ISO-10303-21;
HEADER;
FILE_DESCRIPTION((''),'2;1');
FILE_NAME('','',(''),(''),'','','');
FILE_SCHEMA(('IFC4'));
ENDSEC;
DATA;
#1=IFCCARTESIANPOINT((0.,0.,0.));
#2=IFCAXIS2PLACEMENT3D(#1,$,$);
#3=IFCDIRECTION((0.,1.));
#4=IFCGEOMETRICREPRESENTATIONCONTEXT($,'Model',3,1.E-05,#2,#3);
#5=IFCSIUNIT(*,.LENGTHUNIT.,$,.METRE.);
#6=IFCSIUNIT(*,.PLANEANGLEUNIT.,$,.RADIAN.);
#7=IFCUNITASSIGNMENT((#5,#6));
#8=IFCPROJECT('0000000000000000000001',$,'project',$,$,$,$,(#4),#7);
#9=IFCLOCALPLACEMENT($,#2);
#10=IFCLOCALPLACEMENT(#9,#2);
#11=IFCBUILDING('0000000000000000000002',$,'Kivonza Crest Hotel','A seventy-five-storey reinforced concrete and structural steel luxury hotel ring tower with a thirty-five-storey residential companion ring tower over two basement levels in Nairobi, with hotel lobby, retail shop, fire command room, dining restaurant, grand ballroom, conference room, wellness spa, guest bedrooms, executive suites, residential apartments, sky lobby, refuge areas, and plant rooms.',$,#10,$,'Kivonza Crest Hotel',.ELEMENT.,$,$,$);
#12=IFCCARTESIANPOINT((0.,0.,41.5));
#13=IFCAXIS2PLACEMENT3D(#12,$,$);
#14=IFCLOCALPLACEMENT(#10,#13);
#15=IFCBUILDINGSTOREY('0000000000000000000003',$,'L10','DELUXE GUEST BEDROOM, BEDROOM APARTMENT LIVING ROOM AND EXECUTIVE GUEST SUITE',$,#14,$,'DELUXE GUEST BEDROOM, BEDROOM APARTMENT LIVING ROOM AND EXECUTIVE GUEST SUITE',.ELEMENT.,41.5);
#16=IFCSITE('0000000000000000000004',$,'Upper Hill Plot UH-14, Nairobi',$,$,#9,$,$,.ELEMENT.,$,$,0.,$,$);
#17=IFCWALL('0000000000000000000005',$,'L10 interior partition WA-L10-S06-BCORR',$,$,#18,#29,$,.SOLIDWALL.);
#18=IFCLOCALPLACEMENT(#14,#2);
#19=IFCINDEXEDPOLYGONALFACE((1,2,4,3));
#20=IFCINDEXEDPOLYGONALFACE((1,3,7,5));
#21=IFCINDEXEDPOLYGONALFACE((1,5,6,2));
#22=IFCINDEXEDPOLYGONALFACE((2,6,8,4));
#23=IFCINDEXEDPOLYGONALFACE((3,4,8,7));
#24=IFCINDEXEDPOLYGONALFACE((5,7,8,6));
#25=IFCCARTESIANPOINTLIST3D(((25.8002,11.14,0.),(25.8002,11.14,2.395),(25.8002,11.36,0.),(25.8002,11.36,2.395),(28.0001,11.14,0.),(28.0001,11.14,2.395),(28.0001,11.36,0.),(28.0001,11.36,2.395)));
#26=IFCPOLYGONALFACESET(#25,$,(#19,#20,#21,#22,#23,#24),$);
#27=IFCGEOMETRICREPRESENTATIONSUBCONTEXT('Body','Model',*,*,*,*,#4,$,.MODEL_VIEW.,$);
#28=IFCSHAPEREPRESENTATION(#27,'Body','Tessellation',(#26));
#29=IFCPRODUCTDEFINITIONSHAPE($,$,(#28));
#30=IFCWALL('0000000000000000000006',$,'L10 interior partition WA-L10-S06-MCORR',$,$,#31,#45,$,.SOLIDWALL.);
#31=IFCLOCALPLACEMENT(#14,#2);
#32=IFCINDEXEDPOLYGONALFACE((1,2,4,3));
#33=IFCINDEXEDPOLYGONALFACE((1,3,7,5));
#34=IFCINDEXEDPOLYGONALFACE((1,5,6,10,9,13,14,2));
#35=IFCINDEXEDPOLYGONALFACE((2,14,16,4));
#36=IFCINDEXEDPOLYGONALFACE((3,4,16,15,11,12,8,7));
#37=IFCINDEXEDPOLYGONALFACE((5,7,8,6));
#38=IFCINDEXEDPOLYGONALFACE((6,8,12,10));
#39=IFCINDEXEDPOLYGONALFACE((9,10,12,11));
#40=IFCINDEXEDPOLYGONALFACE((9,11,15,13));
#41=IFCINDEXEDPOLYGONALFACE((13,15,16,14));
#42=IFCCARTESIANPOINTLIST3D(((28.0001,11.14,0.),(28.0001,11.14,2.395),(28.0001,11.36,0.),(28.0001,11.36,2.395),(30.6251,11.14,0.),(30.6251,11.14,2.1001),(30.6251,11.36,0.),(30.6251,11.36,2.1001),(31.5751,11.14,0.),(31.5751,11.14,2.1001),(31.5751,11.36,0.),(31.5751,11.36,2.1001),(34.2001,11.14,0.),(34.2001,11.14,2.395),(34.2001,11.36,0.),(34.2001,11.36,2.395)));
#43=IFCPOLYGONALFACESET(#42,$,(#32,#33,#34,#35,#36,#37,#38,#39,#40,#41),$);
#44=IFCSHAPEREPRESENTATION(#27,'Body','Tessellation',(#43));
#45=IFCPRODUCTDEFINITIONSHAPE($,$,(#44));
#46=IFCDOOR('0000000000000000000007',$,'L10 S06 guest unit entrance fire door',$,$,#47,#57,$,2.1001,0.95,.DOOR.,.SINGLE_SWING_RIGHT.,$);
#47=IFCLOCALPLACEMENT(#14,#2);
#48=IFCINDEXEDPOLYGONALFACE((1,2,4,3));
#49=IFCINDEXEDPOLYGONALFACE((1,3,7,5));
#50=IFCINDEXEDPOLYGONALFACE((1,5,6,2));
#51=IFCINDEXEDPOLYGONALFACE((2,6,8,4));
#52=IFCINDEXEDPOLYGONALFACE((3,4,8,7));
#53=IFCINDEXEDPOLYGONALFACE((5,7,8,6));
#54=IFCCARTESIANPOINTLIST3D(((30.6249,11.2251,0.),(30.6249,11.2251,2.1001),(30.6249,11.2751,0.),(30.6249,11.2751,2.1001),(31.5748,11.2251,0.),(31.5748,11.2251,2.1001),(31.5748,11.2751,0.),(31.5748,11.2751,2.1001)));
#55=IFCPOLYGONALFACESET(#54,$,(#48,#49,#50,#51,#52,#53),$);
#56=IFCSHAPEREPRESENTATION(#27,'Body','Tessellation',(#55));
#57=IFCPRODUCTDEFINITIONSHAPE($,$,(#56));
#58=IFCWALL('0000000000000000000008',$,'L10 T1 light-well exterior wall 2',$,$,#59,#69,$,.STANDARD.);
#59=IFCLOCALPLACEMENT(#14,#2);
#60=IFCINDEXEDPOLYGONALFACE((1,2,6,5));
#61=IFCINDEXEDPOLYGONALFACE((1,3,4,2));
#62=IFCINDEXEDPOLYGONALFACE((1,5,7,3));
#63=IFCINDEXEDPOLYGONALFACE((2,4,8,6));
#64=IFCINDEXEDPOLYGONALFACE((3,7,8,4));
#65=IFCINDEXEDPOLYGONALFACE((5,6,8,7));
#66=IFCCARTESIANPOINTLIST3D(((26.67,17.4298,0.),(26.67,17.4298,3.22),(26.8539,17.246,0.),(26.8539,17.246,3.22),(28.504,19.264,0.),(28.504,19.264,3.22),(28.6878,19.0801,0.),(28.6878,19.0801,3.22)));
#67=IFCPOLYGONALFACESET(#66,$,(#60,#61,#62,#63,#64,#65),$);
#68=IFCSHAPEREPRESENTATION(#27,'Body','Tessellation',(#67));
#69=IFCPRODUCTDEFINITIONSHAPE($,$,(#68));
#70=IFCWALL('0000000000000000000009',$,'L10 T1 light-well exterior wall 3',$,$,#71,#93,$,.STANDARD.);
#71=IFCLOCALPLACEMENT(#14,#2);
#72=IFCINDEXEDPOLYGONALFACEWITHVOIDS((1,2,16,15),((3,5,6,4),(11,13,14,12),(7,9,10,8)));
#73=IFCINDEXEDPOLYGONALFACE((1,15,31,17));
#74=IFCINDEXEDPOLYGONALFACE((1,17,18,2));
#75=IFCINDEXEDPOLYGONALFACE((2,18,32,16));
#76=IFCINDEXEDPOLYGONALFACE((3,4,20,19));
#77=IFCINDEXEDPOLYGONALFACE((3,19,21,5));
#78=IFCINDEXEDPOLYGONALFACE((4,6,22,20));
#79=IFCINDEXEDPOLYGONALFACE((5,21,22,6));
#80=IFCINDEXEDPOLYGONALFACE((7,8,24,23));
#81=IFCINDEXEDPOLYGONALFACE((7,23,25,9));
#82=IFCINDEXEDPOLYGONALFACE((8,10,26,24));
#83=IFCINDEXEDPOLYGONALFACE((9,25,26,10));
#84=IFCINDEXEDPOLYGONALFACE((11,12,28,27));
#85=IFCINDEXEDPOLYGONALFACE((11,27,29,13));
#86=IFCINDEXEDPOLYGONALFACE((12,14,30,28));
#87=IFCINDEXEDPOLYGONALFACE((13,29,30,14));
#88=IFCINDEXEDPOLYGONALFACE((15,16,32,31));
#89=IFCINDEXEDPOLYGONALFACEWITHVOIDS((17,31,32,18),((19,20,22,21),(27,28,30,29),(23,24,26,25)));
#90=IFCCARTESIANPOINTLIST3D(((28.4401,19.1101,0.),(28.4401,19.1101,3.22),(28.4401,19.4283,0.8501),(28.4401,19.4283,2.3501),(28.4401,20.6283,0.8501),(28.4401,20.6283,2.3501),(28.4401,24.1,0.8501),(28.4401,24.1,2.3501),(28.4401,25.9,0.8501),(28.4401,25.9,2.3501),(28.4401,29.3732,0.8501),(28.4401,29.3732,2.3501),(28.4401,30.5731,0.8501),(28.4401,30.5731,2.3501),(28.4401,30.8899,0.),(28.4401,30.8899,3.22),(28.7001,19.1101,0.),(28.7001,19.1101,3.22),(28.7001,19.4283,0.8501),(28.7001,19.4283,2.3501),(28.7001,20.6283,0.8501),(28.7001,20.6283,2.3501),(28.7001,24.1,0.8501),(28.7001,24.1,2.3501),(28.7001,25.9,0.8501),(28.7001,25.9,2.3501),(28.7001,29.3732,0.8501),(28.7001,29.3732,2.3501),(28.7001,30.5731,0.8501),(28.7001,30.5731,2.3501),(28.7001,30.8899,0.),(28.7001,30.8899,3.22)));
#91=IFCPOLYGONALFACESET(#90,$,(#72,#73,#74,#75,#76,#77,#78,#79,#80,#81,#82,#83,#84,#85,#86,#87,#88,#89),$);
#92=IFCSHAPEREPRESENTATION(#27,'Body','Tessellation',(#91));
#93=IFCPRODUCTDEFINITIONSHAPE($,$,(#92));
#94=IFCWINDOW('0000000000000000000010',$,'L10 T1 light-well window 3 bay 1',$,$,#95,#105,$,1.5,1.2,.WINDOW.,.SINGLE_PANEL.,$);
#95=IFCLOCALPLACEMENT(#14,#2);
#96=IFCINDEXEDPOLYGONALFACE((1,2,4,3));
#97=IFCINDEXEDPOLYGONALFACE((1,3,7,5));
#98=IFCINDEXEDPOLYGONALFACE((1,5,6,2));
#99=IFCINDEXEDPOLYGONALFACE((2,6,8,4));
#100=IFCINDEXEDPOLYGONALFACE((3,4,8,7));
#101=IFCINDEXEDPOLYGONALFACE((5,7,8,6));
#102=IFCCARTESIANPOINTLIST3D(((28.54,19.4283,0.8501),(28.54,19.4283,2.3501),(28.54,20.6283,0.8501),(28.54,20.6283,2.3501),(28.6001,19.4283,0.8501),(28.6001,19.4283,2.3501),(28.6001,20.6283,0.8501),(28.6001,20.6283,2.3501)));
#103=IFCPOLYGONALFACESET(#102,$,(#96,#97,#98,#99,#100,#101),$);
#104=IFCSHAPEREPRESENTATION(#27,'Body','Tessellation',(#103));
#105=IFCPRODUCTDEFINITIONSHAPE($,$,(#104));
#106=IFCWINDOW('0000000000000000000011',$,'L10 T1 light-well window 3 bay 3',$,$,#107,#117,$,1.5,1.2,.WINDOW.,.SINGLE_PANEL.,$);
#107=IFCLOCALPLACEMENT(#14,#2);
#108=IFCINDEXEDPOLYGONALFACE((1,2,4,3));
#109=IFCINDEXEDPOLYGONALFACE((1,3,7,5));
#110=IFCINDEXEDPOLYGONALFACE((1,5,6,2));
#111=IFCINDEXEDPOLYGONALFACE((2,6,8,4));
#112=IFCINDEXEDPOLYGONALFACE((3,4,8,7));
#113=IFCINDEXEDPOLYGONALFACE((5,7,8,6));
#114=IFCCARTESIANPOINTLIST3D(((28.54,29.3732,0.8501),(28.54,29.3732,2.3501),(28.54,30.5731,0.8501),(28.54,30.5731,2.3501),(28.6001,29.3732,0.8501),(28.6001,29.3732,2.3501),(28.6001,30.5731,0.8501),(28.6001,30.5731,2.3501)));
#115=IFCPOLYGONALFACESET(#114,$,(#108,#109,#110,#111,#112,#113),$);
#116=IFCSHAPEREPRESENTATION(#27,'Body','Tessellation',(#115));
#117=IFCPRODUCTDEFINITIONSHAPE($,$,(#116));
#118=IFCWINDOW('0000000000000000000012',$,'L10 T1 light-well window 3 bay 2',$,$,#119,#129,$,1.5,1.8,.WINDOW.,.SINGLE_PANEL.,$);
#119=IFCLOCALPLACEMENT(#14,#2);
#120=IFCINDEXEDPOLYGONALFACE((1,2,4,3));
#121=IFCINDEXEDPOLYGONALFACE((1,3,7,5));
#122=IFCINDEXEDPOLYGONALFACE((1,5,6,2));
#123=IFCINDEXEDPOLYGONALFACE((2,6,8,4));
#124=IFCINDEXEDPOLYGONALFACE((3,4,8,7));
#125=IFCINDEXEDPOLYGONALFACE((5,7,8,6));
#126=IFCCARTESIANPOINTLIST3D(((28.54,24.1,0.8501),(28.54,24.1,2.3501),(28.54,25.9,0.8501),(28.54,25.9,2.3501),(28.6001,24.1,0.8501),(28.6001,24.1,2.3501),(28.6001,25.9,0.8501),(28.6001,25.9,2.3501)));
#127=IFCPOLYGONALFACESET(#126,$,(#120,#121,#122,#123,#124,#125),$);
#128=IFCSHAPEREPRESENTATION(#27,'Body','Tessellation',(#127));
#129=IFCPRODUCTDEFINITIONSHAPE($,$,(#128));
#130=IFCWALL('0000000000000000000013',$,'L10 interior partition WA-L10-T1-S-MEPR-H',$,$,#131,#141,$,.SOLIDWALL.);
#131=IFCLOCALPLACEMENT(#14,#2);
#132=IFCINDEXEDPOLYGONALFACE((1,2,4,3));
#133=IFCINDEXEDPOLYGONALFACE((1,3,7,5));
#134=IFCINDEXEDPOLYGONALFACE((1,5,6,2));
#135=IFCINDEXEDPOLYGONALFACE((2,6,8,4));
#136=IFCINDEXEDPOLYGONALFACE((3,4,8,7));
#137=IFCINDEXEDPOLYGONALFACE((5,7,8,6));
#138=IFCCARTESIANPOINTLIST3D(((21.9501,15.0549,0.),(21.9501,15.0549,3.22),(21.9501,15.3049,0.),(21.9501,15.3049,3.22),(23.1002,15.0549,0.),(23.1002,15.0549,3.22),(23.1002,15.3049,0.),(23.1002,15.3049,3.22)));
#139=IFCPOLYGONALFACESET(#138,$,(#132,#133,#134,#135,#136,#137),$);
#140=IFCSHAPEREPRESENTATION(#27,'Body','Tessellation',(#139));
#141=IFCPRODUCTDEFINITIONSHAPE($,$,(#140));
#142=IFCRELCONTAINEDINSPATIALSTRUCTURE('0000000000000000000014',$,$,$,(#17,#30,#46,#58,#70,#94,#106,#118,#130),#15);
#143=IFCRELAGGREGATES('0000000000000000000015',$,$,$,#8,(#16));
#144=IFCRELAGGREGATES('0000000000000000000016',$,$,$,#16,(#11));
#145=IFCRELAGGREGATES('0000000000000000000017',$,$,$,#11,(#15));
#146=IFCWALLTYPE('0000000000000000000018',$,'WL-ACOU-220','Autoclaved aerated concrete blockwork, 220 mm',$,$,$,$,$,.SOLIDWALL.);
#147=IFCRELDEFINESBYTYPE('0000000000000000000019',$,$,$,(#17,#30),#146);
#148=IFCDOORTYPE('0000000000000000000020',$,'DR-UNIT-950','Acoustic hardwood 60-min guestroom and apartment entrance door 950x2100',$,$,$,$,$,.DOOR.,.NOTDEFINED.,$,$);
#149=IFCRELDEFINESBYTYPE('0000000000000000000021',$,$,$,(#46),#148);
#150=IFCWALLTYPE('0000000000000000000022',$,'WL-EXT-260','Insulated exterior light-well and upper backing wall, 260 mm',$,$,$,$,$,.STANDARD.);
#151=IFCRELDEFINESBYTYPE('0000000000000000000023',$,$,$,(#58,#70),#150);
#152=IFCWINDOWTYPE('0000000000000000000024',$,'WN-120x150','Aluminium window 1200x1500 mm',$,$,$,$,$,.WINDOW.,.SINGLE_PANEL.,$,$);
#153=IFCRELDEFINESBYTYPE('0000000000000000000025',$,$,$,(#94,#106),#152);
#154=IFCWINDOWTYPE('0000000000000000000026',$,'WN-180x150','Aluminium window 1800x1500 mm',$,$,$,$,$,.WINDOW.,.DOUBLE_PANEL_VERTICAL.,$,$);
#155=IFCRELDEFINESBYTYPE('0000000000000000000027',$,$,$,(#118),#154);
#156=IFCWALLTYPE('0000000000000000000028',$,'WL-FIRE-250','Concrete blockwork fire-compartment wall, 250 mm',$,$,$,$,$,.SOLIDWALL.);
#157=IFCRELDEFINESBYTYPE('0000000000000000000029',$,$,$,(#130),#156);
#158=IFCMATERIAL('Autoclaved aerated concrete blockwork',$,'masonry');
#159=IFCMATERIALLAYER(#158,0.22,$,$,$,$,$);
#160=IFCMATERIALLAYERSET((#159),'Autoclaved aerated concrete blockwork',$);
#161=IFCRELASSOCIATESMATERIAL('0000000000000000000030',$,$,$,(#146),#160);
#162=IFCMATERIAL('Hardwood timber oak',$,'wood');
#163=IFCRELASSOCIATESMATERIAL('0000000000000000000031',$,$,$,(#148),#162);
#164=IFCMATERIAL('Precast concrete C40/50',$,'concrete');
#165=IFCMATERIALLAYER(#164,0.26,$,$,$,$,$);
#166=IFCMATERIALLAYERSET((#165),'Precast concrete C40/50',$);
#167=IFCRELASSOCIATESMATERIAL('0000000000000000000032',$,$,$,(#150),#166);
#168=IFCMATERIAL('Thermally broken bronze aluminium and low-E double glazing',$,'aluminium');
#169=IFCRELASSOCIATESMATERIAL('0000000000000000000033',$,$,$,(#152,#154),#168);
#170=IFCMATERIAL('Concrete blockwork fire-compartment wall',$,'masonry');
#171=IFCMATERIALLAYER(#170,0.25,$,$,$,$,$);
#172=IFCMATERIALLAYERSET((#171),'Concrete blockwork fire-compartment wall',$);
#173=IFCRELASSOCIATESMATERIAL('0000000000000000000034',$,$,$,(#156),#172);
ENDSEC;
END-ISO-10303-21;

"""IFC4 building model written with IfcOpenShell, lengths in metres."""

from ifc_helpers import new_model, si_unit, direction, frame, frame_2d, origin, place, context, subcontext, project, spatial, rectangle, extrude, material, layer, layer_set, type_object, element, fill, save


model = new_model("IFC4")

# Units and contexts
model_context = context("Model", 3, precision=1e-05, world=origin(), true_north=direction((0.0, 1.0)))
body_context = subcontext(model_context, "Body", "Model", "MODEL_VIEW")
ifc_project = project(units=[si_unit("LENGTHUNIT", "METRE"), si_unit("PLANEANGLEUNIT", "RADIAN")], contexts=[model_context])

# Site, building, storey
site_placement = place(None, origin())
site = spatial("IfcSite", under=ifc_project, at=site_placement, Name="Upper Hill Plot UH-14, Nairobi", CompositionType="ELEMENT", RefElevation=0.0)
building_placement = place(site_placement, origin())
building = spatial("IfcBuilding", under=site, at=building_placement, Name="Kivonza Crest Hotel", Description="A seventy-five-storey reinforced concrete and structural steel luxury hotel ring tower with a thirty-five-storey residential companion ring tower over two basement levels in Nairobi, with hotel lobby, retail shop, fire command room, dining restaurant, grand ballroom, conference room, wellness spa, guest bedrooms, executive suites, residential apartments, sky lobby, refuge areas, and plant rooms.", LongName="Kivonza Crest Hotel", CompositionType="ELEMENT")
storey_placement = place(building_placement, frame((0.0, 0.0, 41.5)))
storey = spatial("IfcBuildingStorey", under=building, at=storey_placement, Name="L10", Description="DELUXE GUEST BEDROOM, BEDROOM APARTMENT LIVING ROOM AND EXECUTIVE GUEST SUITE", LongName="DELUXE GUEST BEDROOM, BEDROOM APARTMENT LIVING ROOM AND EXECUTIVE GUEST SUITE", CompositionType="ELEMENT", Elevation=41.5)

# Wall
ifc_material_1 = material(Name="Autoclaved aerated concrete blockwork", Category="masonry")
ifc_layer_1 = layer(ifc_material_1, 0.22)
ifc_layer_set_1 = layer_set([ifc_layer_1], Name="Autoclaved aerated concrete blockwork")
wall_type_1 = type_object("IfcWallType", Name="WL-ACOU-220", Description="Autoclaved aerated concrete blockwork, 220 mm", PredefinedType="SOLIDWALL", material=ifc_layer_set_1)
wall_1_placement = place(storey_placement, frame((25.8, 11.25, 0.0), z_axis=(0.0, 0.0, 1.0), x_axis=(1.0, 0.0, 0.0)))
element("IfcWall", 1, at=wall_1_placement, inside=storey, type_object=wall_type_1, Name="L10 interior partition WA-L10-S06-BCORR", PredefinedType="SOLIDWALL", context=body_context, shape_type="SweptSolid", body=[
    extrude(rectangle(XDim=2.2, YDim=0.22, at=frame_2d((1.1001, 0.0))), origin(), (0.0, 0.0, 1.0), 2.395),
])

# Wall, opening, door
wall_2_placement = place(storey_placement, frame((28.0, 11.25, 0.0), z_axis=(0.0, 0.0, 1.0), x_axis=(1.0, 0.0, 0.0)))
wall_2 = element("IfcWall", 2, at=wall_2_placement, inside=storey, type_object=wall_type_1, Name="L10 interior partition WA-L10-S06-MCORR", PredefinedType="SOLIDWALL", context=body_context, shape_type="SweptSolid", body=[
    extrude(rectangle(XDim=6.2, YDim=0.22, at=frame_2d((3.1001, 0.0))), origin(), (0.0, 0.0, 1.0), 2.395),
])
opening_1_placement = place(wall_2_placement, frame((2.625, 0.0, 0.0)))
opening_1 = element("IfcOpeningElement", 3, at=opening_1_placement, cuts=wall_2, PredefinedType="OPENING", context=body_context, shape_type="SweptSolid", body=[
    extrude(rectangle(XDim=0.95, YDim=2.1001, at=frame_2d((0.4751, 1.05))), frame((0.0, 0.1201, 0.0), z_axis=(0.0, -1.0, 0.0), x_axis=(1.0, 0.0, 0.0)), (0.0, 0.0, 1.0), 0.24),
])
ifc_material_2 = material(Name="Hardwood timber oak", Category="wood")
door_type_1 = type_object("IfcDoorType", Name="DR-UNIT-950", Description="Acoustic hardwood 60-min guestroom and apartment entrance door 950x2100", OperationType="NOTDEFINED", PredefinedType="DOOR", material=ifc_material_2)
door_1_placement = place(opening_1_placement, frame((0.95, 0.0, 0.0), z_axis=(0.0, 0.0, 1.0), x_axis=(-1.0, 0.0, 0.0)))
door_1 = element("IfcDoor", 4, at=door_1_placement, inside=storey, type_object=door_type_1, Name="L10 S06 guest unit entrance fire door", OperationType="SINGLE_SWING_RIGHT", OverallHeight=2.1001, OverallWidth=0.95, PredefinedType="DOOR", context=body_context, shape_type="SweptSolid", body=[
    extrude(rectangle(XDim=0.95, YDim=2.1001, at=frame_2d((0.4751, 1.05))), frame((0.0, 0.0249, 0.0), z_axis=(0.0, -1.0, 0.0), x_axis=(1.0, 0.0, 0.0)), (0.0, 0.0, 1.0), 0.05),
])
fill(opening_1, door_1)

# Wall
ifc_material_3 = material(Name="Precast concrete C40/50", Category="concrete")
ifc_layer_2 = layer(ifc_material_3, 0.26)
ifc_layer_set_2 = layer_set([ifc_layer_2], Name="Precast concrete C40/50")
wall_type_2 = type_object("IfcWallType", Name="WL-EXT-260", Description="Insulated exterior light-well and upper backing wall, 260 mm", PredefinedType="STANDARD", material=ifc_layer_set_2)
wall_3_placement = place(storey_placement, frame((26.762, 17.3379, 0.0), z_axis=(0.0, 0.0, 1.0), x_axis=(0.70706, 0.707154, 0.0)))
element("IfcWall", 5, at=wall_3_placement, inside=storey, type_object=wall_type_2, Name="L10 T1 light-well exterior wall 2", PredefinedType="STANDARD", context=body_context, shape_type="SweptSolid", body=[
    extrude(rectangle(XDim=2.5938, YDim=0.26, at=frame_2d((1.2969, 0.0))), origin(), (0.0, 0.0, 1.0), 3.22),
])

# Wall, openings, windows
wall_4_placement = place(storey_placement, frame((28.5701, 19.1101, 0.0), z_axis=(0.0, 0.0, 1.0), x_axis=(0.0, 1.0, 0.0)))
wall_4 = element("IfcWall", 6, at=wall_4_placement, inside=storey, type_object=wall_type_2, Name="L10 T1 light-well exterior wall 3", PredefinedType="STANDARD", context=body_context, shape_type="SweptSolid", body=[
    extrude(rectangle(XDim=11.7798, YDim=0.26, at=frame_2d((5.8899, 0.0))), origin(), (0.0, 0.0, 1.0), 3.22),
])
opening_2_placement = place(wall_4_placement, frame((0.3181, 0.0, 0.8501)))
opening_2 = element("IfcOpeningElement", 7, at=opening_2_placement, cuts=wall_4, PredefinedType="OPENING", context=body_context, shape_type="SweptSolid", body=[
    extrude(rectangle(XDim=1.2, YDim=1.5, at=frame_2d((0.6001, 0.75))), frame((0.0, 0.1401, 0.0), z_axis=(0.0, -1.0, 0.0), x_axis=(1.0, 0.0, 0.0)), (0.0, 0.0, 1.0), 0.28),
])
opening_3_placement = place(wall_4_placement, frame((4.99, 0.0, 0.8501)))
opening_3 = element("IfcOpeningElement", 8, at=opening_3_placement, cuts=wall_4, PredefinedType="OPENING", context=body_context, shape_type="SweptSolid", body=[
    extrude(rectangle(XDim=1.8, YDim=1.5, at=frame_2d((0.8999, 0.75))), frame((0.0, 0.1401, 0.0), z_axis=(0.0, -1.0, 0.0), x_axis=(1.0, 0.0, 0.0)), (0.0, 0.0, 1.0), 0.28),
])
opening_4_placement = place(wall_4_placement, frame((10.2629, 0.0, 0.8501)))
opening_4 = element("IfcOpeningElement", 9, at=opening_4_placement, cuts=wall_4, PredefinedType="OPENING", context=body_context, shape_type="SweptSolid", body=[
    extrude(rectangle(XDim=1.2, YDim=1.5, at=frame_2d((0.6001, 0.75))), frame((0.0, 0.1401, 0.0), z_axis=(0.0, -1.0, 0.0), x_axis=(1.0, 0.0, 0.0)), (0.0, 0.0, 1.0), 0.28),
])
ifc_material_4 = material(Name="Thermally broken bronze aluminium and low-E double glazing", Category="aluminium")
window_type_1 = type_object("IfcWindowType", Name="WN-120x150", Description="Aluminium window 1200x1500 mm", PartitioningType="SINGLE_PANEL", PredefinedType="WINDOW", material=ifc_material_4)
window_1_placement = place(opening_2_placement, origin())
window_1 = element("IfcWindow", 10, at=window_1_placement, inside=storey, type_object=window_type_1, Name="L10 T1 light-well window 3 bay 1", OverallHeight=1.5, OverallWidth=1.2, PartitioningType="SINGLE_PANEL", PredefinedType="WINDOW", context=body_context, shape_type="SweptSolid", body=[
    extrude(rectangle(XDim=1.2, YDim=1.5, at=frame_2d((0.6001, 0.75))), frame((0.0, 0.03, 0.0), z_axis=(0.0, -1.0, 0.0), x_axis=(1.0, 0.0, 0.0)), (0.0, 0.0, 1.0), 0.0601),
])
fill(opening_2, window_1)
window_2_placement = place(opening_4_placement, origin())
window_2 = element("IfcWindow", 11, at=window_2_placement, inside=storey, type_object=window_type_1, Name="L10 T1 light-well window 3 bay 3", OverallHeight=1.5, OverallWidth=1.2, PartitioningType="SINGLE_PANEL", PredefinedType="WINDOW", context=body_context, shape_type="SweptSolid", body=[
    extrude(rectangle(XDim=1.2, YDim=1.5, at=frame_2d((0.6001, 0.75))), frame((0.0, 0.03, 0.0), z_axis=(0.0, -1.0, 0.0), x_axis=(1.0, 0.0, 0.0)), (0.0, 0.0, 1.0), 0.0601),
])
fill(opening_4, window_2)
window_type_2 = type_object("IfcWindowType", Name="WN-180x150", Description="Aluminium window 1800x1500 mm", PartitioningType="DOUBLE_PANEL_VERTICAL", PredefinedType="WINDOW", material=ifc_material_4)
window_3_placement = place(opening_3_placement, origin())
window_3 = element("IfcWindow", 12, at=window_3_placement, inside=storey, type_object=window_type_2, Name="L10 T1 light-well window 3 bay 2", OverallHeight=1.5, OverallWidth=1.8, PartitioningType="SINGLE_PANEL", PredefinedType="WINDOW", context=body_context, shape_type="SweptSolid", body=[
    extrude(rectangle(XDim=1.8, YDim=1.5, at=frame_2d((0.8999, 0.75))), frame((0.0, 0.03, 0.0), z_axis=(0.0, -1.0, 0.0), x_axis=(1.0, 0.0, 0.0)), (0.0, 0.0, 1.0), 0.0601),
])
fill(opening_3, window_3)

# Wall
ifc_material_5 = material(Name="Concrete blockwork fire-compartment wall", Category="masonry")
ifc_layer_3 = layer(ifc_material_5, 0.25)
ifc_layer_set_3 = layer_set([ifc_layer_3], Name="Concrete blockwork fire-compartment wall")
wall_type_3 = type_object("IfcWallType", Name="WL-FIRE-250", Description="Concrete blockwork fire-compartment wall, 250 mm", PredefinedType="SOLIDWALL", material=ifc_layer_set_3)
wall_5_placement = place(storey_placement, frame((21.95, 15.1799, 0.0), z_axis=(0.0, 0.0, 1.0), x_axis=(1.0, 0.0, 0.0)))
element("IfcWall", 13, at=wall_5_placement, inside=storey, type_object=wall_type_3, Name="L10 interior partition WA-L10-T1-S-MEPR-H", PredefinedType="SOLIDWALL", context=body_context, shape_type="SweptSolid", body=[
    extrude(rectangle(XDim=1.1501, YDim=0.25, at=frame_2d((0.5752, 0.0))), origin(), (0.0, 0.0, 1.0), 3.22),
])

save(model, "model.ifc")
